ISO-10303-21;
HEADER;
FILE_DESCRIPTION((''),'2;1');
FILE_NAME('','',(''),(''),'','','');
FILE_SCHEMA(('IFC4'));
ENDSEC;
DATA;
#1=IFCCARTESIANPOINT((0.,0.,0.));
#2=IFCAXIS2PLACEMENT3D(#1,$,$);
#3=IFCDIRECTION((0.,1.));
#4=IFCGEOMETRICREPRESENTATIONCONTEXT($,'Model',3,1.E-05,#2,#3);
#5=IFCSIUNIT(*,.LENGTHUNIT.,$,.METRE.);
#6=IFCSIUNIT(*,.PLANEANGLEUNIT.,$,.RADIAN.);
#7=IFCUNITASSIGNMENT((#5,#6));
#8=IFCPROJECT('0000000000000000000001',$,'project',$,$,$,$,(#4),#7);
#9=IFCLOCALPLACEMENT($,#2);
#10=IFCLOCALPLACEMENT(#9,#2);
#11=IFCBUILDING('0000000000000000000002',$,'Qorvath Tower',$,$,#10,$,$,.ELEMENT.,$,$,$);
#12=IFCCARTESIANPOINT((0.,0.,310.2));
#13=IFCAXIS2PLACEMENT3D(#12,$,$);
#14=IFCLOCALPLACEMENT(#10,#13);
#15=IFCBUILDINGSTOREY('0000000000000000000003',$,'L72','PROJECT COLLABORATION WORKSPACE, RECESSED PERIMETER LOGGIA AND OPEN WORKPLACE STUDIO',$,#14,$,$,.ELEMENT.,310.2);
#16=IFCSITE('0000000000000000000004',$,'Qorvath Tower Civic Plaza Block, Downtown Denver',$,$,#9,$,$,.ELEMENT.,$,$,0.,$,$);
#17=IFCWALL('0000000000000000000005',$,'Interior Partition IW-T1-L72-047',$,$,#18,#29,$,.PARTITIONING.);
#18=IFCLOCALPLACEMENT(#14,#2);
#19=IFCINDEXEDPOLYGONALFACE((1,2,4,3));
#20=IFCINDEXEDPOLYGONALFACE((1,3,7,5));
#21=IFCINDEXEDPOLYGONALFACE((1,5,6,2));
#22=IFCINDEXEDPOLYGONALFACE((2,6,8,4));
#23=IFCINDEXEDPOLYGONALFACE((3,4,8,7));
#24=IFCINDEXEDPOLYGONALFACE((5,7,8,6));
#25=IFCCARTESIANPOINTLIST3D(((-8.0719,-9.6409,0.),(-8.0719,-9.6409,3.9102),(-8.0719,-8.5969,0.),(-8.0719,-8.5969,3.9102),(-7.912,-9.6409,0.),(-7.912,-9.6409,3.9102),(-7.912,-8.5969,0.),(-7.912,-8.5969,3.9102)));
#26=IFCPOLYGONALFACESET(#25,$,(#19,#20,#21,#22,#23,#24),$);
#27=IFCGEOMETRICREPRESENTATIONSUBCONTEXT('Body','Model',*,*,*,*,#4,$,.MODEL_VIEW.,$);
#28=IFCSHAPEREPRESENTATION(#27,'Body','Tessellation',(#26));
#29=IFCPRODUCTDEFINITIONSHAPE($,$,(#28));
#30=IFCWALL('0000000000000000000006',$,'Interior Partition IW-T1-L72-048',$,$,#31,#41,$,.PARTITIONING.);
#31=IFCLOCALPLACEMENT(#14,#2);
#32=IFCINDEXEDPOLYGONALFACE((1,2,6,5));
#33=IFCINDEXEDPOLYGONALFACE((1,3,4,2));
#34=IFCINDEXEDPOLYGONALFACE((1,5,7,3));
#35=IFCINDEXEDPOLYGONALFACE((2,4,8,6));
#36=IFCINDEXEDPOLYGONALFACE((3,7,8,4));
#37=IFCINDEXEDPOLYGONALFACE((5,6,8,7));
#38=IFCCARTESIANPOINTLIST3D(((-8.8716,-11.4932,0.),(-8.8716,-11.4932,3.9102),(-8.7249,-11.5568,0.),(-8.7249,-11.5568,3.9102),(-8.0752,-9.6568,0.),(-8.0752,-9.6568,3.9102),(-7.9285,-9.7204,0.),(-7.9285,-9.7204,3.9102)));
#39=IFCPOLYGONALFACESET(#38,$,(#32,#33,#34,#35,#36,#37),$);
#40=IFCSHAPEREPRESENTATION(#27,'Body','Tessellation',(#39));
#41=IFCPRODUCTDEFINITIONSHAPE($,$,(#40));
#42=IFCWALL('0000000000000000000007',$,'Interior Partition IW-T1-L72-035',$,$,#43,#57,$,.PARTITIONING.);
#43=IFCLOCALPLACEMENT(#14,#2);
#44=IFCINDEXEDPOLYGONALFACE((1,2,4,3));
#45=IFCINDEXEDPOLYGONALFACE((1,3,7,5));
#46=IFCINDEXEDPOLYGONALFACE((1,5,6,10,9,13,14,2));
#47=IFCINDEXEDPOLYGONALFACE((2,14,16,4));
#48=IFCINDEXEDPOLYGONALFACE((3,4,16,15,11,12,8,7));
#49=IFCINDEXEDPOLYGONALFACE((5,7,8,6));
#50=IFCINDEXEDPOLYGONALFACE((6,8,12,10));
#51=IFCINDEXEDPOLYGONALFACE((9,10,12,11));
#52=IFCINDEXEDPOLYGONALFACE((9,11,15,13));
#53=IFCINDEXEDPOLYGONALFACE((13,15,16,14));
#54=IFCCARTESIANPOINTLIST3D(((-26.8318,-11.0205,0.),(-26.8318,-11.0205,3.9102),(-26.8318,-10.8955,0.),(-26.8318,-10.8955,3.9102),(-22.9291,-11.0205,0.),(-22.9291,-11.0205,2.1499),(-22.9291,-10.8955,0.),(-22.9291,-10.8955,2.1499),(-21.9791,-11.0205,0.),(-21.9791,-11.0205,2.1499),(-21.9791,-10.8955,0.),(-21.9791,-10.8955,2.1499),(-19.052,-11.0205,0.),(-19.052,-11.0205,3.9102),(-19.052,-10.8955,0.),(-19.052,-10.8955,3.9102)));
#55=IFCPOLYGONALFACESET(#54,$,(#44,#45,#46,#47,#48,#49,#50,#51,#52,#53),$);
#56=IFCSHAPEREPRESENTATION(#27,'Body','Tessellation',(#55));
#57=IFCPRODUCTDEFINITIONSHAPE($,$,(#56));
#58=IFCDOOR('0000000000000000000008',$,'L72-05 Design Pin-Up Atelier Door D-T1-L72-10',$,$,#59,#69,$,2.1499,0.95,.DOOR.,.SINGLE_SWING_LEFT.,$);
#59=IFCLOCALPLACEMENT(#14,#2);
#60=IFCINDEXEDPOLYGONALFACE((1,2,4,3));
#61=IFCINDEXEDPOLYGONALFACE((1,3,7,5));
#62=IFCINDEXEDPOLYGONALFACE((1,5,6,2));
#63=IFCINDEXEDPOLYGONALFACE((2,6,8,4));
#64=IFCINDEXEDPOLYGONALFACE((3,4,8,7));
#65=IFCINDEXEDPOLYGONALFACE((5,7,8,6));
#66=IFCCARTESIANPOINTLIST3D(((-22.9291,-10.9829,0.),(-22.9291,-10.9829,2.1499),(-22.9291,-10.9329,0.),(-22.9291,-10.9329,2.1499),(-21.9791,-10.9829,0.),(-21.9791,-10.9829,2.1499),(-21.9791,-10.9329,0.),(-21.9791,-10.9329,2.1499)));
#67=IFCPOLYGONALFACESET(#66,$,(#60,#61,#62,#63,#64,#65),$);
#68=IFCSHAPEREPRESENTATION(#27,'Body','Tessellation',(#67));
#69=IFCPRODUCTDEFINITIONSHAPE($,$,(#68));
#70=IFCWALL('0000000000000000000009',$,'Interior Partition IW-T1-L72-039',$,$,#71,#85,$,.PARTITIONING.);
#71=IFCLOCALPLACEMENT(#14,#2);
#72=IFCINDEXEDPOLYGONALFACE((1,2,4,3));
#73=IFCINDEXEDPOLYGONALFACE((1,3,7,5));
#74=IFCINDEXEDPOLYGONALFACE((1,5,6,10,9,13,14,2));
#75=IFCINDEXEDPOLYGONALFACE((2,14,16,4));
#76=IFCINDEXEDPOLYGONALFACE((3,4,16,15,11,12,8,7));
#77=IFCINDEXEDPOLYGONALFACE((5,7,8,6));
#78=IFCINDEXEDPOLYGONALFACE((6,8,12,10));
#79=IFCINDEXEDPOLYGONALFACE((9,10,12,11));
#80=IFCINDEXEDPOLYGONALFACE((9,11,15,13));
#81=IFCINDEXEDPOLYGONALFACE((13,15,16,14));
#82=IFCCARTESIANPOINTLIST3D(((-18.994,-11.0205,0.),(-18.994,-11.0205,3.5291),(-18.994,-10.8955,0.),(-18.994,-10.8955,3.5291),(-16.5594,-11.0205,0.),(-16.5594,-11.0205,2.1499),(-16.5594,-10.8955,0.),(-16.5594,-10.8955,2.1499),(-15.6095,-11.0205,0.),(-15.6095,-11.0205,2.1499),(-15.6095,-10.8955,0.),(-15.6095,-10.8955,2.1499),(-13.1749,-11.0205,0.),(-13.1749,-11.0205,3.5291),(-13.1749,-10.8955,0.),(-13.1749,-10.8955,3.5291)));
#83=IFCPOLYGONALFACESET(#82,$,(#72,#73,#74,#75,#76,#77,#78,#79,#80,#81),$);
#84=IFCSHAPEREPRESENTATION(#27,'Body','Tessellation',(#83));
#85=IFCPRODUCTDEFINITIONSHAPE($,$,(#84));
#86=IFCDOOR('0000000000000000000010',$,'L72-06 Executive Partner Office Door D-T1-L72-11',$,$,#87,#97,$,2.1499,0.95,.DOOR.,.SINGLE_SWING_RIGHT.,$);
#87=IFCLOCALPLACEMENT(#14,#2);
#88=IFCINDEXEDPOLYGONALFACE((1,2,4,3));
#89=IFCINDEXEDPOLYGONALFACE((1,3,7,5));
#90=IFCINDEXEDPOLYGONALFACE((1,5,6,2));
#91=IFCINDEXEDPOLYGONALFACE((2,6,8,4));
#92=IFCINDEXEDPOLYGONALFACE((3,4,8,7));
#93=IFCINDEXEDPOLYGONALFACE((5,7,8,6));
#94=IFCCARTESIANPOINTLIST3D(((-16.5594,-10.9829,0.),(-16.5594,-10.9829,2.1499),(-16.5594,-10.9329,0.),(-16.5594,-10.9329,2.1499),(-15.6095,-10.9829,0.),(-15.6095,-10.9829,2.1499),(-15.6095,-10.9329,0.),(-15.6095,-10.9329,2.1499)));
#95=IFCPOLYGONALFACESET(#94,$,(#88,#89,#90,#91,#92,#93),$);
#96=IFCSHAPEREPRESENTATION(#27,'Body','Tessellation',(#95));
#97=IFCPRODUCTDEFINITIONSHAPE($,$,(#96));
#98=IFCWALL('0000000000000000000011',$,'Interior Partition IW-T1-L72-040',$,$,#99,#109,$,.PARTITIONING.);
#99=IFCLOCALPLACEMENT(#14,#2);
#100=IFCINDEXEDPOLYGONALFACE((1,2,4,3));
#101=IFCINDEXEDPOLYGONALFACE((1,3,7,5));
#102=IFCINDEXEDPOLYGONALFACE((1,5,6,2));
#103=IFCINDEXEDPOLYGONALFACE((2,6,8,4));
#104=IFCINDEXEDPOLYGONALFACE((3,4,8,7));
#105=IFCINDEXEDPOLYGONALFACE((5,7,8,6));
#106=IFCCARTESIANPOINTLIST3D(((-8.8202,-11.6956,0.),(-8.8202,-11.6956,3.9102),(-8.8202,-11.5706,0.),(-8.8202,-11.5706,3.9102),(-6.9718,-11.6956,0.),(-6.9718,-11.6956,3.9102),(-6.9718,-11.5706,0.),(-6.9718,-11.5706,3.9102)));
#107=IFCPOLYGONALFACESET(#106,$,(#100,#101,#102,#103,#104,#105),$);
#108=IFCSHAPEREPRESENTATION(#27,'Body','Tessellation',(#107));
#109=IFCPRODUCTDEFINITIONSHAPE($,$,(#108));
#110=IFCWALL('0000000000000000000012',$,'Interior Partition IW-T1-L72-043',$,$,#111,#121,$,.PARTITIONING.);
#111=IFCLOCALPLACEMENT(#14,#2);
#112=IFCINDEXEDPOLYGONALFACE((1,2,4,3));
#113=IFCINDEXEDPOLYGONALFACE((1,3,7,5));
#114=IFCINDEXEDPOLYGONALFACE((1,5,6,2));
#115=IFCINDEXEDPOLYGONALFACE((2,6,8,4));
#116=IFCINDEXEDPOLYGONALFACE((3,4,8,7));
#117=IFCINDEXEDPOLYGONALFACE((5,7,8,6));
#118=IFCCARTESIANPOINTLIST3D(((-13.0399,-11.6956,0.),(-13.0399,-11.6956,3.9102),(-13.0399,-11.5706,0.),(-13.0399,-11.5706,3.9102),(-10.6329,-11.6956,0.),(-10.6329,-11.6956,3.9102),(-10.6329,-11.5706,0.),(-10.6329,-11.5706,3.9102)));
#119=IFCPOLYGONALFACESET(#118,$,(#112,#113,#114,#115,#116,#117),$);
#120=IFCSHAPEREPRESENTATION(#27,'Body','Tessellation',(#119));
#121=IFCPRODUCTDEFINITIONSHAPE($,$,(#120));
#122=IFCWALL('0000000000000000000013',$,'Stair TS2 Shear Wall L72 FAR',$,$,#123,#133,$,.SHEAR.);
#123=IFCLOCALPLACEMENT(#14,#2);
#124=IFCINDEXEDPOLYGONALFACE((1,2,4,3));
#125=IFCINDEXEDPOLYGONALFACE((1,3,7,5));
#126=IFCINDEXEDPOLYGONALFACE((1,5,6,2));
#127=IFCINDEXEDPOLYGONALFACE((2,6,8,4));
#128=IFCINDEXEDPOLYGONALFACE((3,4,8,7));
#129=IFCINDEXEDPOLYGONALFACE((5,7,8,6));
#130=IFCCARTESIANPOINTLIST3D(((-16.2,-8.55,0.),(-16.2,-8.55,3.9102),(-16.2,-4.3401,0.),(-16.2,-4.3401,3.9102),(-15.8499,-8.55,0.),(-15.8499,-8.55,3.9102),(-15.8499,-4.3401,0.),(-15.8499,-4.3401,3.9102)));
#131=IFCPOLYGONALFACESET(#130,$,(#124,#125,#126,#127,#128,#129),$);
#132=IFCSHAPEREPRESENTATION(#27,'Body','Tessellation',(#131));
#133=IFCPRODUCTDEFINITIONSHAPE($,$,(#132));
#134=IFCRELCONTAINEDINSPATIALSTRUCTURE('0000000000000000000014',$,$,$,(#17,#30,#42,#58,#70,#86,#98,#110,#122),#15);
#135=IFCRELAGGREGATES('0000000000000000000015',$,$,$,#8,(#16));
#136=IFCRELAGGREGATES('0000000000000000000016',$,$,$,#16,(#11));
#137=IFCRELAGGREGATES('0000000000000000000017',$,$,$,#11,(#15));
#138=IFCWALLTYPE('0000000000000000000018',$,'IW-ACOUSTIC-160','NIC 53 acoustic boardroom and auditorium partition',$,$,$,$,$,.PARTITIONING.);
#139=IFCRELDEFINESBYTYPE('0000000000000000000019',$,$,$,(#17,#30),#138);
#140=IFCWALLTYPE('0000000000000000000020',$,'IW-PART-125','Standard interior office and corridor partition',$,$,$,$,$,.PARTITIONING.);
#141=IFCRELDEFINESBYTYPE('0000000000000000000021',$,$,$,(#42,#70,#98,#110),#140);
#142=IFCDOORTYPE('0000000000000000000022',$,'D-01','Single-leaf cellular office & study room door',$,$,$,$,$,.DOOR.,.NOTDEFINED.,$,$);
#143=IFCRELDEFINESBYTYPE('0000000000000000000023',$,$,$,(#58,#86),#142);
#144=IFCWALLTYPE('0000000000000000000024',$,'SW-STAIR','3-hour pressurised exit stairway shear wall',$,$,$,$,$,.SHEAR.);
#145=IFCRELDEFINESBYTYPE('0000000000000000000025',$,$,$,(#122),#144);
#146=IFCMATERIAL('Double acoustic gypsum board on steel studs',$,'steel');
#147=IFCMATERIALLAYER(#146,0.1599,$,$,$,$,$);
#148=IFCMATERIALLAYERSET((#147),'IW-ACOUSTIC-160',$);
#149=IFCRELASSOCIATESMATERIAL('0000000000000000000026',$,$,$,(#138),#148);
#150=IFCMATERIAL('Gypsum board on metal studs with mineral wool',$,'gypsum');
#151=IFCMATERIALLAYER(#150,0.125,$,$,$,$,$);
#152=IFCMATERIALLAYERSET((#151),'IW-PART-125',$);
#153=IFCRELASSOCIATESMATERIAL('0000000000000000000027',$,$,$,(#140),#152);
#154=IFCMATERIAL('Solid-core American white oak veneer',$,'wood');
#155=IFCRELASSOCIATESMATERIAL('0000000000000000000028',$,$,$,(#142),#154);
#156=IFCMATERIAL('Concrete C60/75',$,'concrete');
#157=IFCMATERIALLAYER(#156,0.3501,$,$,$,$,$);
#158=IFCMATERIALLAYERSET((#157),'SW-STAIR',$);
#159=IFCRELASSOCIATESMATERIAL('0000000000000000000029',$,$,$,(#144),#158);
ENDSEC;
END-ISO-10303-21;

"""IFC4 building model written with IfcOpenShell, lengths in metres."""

from ifc_helpers import new_model, si_unit, direction, frame, frame_2d, origin, place, context, subcontext, project, spatial, rectangle, extrude, material, layer, layer_set, type_object, element, fill, save


model = new_model("IFC4")

# Units and contexts
model_context = context("Model", 3, precision=1e-05, world=origin(), true_north=direction((0.0, 1.0)))
body_context = subcontext(model_context, "Body", "Model", "MODEL_VIEW")
ifc_project = project(units=[si_unit("LENGTHUNIT", "METRE"), si_unit("PLANEANGLEUNIT", "RADIAN")], contexts=[model_context])

# Site, building, storey
site_placement = place(None, origin())
site = spatial("IfcSite", under=ifc_project, at=site_placement, Name="Qorvath Tower Civic Plaza Block, Downtown Denver", CompositionType="ELEMENT", RefElevation=0.0)
building_placement = place(site_placement, origin())
building = spatial("IfcBuilding", under=site, at=building_placement, Name="Qorvath Tower", CompositionType="ELEMENT")
storey_placement = place(building_placement, frame((0.0, 0.0, 310.2)))
storey = spatial("IfcBuildingStorey", under=building, at=storey_placement, Name="L72", Description="PROJECT COLLABORATION WORKSPACE, RECESSED PERIMETER LOGGIA AND OPEN WORKPLACE STUDIO", CompositionType="ELEMENT", Elevation=310.2)

# Shared definitions
ifc_material_1 = material(Name="Double acoustic gypsum board on steel studs", Category="steel")
ifc_layer_1 = layer(ifc_material_1, 0.1599)
ifc_layer_set_1 = layer_set([ifc_layer_1], Name="IW-ACOUSTIC-160")
wall_type_1 = type_object("IfcWallType", Name="IW-ACOUSTIC-160", Description="NIC 53 acoustic boardroom and auditorium partition", PredefinedType="PARTITIONING", material=ifc_layer_set_1)

# Walls
wall_1_placement = place(storey_placement, frame((-7.9919, -9.6409, 0.0), z_axis=(0.0, 0.0, 1.0), x_axis=(0.0, 1.0, 0.0)))
element("IfcWall", 1, at=wall_1_placement, inside=storey, type_object=wall_type_1, Name="Interior Partition IW-T1-L72-047", PredefinedType="PARTITIONING", context=body_context, shape_type="SweptSolid", body=[
    extrude(rectangle(XDim=1.0439, YDim=0.1599, at=frame_2d((0.522, 0.0))), origin(), (0.0, 0.0, 1.0), 3.9102),
])
wall_2_placement = place(storey_placement, frame((-8.7983, -11.5251, 0.0), z_axis=(0.0, 0.0, 1.0), x_axis=(0.397861, 0.917446, 0.0)))
element("IfcWall", 2, at=wall_2_placement, inside=storey, type_object=wall_type_1, Name="Interior Partition IW-T1-L72-048", PredefinedType="PARTITIONING", context=body_context, shape_type="SweptSolid", body=[
    extrude(rectangle(XDim=2.0017, YDim=0.1599, at=frame_2d((1.001, 0.0))), origin(), (0.0, 0.0, 1.0), 3.9102),
])

# Walls, openings, doors
ifc_material_2 = material(Name="Gypsum board on metal studs with mineral wool", Category="gypsum")
ifc_layer_2 = layer(ifc_material_2, 0.125)
ifc_layer_set_2 = layer_set([ifc_layer_2], Name="IW-PART-125")
wall_type_2 = type_object("IfcWallType", Name="IW-PART-125", Description="Standard interior office and corridor partition", PredefinedType="PARTITIONING", material=ifc_layer_set_2)
wall_3_placement = place(storey_placement, frame((-19.052, -10.958, 0.0), z_axis=(0.0, 0.0, 1.0), x_axis=(-1.0, 0.0, 0.0)))
wall_3 = element("IfcWall", 3, at=wall_3_placement, inside=storey, type_object=wall_type_2, Name="Interior Partition IW-T1-L72-035", PredefinedType="PARTITIONING", context=body_context, shape_type="SweptSolid", body=[
    extrude(rectangle(XDim=7.7798, YDim=0.125, at=frame_2d((3.8899, 0.0))), origin(), (0.0, 0.0, 1.0), 3.9102),
])
opening_1_placement = place(wall_3_placement, frame((2.927, 0.0, 0.0)))
opening_1 = element("IfcOpeningElement", 4, at=opening_1_placement, cuts=wall_3, PredefinedType="OPENING", context=body_context, shape_type="SweptSolid", body=[
    extrude(rectangle(XDim=0.95, YDim=2.1499, at=frame_2d((0.4751, 1.075))), frame((0.0, 0.0725, 0.0), z_axis=(0.0, -1.0, 0.0), x_axis=(1.0, 0.0, 0.0)), (0.0, 0.0, 1.0), 0.145),
])
ifc_material_3 = material(Name="Solid-core American white oak veneer", Category="wood")
door_type_1 = type_object("IfcDoorType", Name="D-01", Description="Single-leaf cellular office & study room door", OperationType="NOTDEFINED", PredefinedType="DOOR", material=ifc_material_3)
door_1_placement = place(opening_1_placement, origin())
door_1 = element("IfcDoor", 5, at=door_1_placement, inside=storey, type_object=door_type_1, Name="L72-05 Design Pin-Up Atelier Door D-T1-L72-10", OperationType="SINGLE_SWING_LEFT", OverallHeight=2.1499, OverallWidth=0.95, PredefinedType="DOOR", context=body_context, shape_type="SweptSolid", body=[
    extrude(rectangle(XDim=0.95, YDim=2.1499, at=frame_2d((0.4751, 1.075))), frame((0.0, 0.0249, 0.0), z_axis=(0.0, -1.0, 0.0), x_axis=(1.0, 0.0, 0.0)), (0.0, 0.0, 1.0), 0.05),
])
fill(opening_1, door_1)
wall_4_placement = place(storey_placement, frame((-13.1748, -10.958, 0.0), z_axis=(0.0, 0.0, 1.0), x_axis=(-1.0, 0.0, 0.0)))
wall_4 = element("IfcWall", 6, at=wall_4_placement, inside=storey, type_object=wall_type_2, Name="Interior Partition IW-T1-L72-039", PredefinedType="PARTITIONING", context=body_context, shape_type="SweptSolid", body=[
    extrude(rectangle(XDim=5.8191, YDim=0.125, at=frame_2d((2.9097, 0.0))), origin(), (0.0, 0.0, 1.0), 3.5291),
])
opening_2_placement = place(wall_4_placement, frame((2.4346, 0.0, 0.0)))
opening_2 = element("IfcOpeningElement", 7, at=opening_2_placement, cuts=wall_4, PredefinedType="OPENING", context=body_context, shape_type="SweptSolid", body=[
    extrude(rectangle(XDim=0.95, YDim=2.1499, at=frame_2d((0.4751, 1.075))), frame((0.0, 0.0725, 0.0), z_axis=(0.0, -1.0, 0.0), x_axis=(1.0, 0.0, 0.0)), (0.0, 0.0, 1.0), 0.145),
])
door_2_placement = place(opening_2_placement, origin())
door_2 = element("IfcDoor", 8, at=door_2_placement, inside=storey, type_object=door_type_1, Name="L72-06 Executive Partner Office Door D-T1-L72-11", OperationType="SINGLE_SWING_RIGHT", OverallHeight=2.1499, OverallWidth=0.95, PredefinedType="DOOR", context=body_context, shape_type="SweptSolid", body=[
    extrude(rectangle(XDim=0.95, YDim=2.1499, at=frame_2d((0.4751, 1.075))), frame((0.0, 0.0249, 0.0), z_axis=(0.0, -1.0, 0.0), x_axis=(1.0, 0.0, 0.0)), (0.0, 0.0, 1.0), 0.05),
])
fill(opening_2, door_2)

# Walls
wall_5_placement = place(storey_placement, frame((-6.9717, -11.6331, 0.0), z_axis=(0.0, 0.0, 1.0), x_axis=(-1.0, 0.0, 0.0)))
element("IfcWall", 9, at=wall_5_placement, inside=storey, type_object=wall_type_2, Name="Interior Partition IW-T1-L72-040", PredefinedType="PARTITIONING", context=body_context, shape_type="SweptSolid", body=[
    extrude(rectangle(XDim=1.8484, YDim=0.125, at=frame_2d((0.9243, 0.0))), origin(), (0.0, 0.0, 1.0), 3.9102),
])
wall_6_placement = place(storey_placement, frame((-10.6328, -11.6331, 0.0), z_axis=(0.0, 0.0, 1.0), x_axis=(-1.0, 0.0, 0.0)))
element("IfcWall", 10, at=wall_6_placement, inside=storey, type_object=wall_type_2, Name="Interior Partition IW-T1-L72-043", PredefinedType="PARTITIONING", context=body_context, shape_type="SweptSolid", body=[
    extrude(rectangle(XDim=2.407, YDim=0.125, at=frame_2d((1.2036, 0.0))), origin(), (0.0, 0.0, 1.0), 3.9102),
])
ifc_material_4 = material(Name="Concrete C60/75", Category="concrete")
ifc_layer_3 = layer(ifc_material_4, 0.3501)
ifc_layer_set_3 = layer_set([ifc_layer_3], Name="SW-STAIR")
wall_type_3 = type_object("IfcWallType", Name="SW-STAIR", Description="3-hour pressurised exit stairway shear wall", PredefinedType="SHEAR", material=ifc_layer_set_3)
wall_7_placement = place(storey_placement, frame((-16.0249, -8.55, 0.0), z_axis=(0.0, 0.0, 1.0), x_axis=(0.0, 1.0, 0.0)))
element("IfcWall", 11, at=wall_7_placement, inside=storey, type_object=wall_type_3, Name="Stair TS2 Shear Wall L72 FAR", PredefinedType="SHEAR", context=body_context, shape_type="SweptSolid", body=[
    extrude(rectangle(XDim=4.21, YDim=0.3501, at=frame_2d((2.105, 0.0))), origin(), (0.0, 0.0, 1.0), 3.9102),
])

save(model, "model.ifc")
